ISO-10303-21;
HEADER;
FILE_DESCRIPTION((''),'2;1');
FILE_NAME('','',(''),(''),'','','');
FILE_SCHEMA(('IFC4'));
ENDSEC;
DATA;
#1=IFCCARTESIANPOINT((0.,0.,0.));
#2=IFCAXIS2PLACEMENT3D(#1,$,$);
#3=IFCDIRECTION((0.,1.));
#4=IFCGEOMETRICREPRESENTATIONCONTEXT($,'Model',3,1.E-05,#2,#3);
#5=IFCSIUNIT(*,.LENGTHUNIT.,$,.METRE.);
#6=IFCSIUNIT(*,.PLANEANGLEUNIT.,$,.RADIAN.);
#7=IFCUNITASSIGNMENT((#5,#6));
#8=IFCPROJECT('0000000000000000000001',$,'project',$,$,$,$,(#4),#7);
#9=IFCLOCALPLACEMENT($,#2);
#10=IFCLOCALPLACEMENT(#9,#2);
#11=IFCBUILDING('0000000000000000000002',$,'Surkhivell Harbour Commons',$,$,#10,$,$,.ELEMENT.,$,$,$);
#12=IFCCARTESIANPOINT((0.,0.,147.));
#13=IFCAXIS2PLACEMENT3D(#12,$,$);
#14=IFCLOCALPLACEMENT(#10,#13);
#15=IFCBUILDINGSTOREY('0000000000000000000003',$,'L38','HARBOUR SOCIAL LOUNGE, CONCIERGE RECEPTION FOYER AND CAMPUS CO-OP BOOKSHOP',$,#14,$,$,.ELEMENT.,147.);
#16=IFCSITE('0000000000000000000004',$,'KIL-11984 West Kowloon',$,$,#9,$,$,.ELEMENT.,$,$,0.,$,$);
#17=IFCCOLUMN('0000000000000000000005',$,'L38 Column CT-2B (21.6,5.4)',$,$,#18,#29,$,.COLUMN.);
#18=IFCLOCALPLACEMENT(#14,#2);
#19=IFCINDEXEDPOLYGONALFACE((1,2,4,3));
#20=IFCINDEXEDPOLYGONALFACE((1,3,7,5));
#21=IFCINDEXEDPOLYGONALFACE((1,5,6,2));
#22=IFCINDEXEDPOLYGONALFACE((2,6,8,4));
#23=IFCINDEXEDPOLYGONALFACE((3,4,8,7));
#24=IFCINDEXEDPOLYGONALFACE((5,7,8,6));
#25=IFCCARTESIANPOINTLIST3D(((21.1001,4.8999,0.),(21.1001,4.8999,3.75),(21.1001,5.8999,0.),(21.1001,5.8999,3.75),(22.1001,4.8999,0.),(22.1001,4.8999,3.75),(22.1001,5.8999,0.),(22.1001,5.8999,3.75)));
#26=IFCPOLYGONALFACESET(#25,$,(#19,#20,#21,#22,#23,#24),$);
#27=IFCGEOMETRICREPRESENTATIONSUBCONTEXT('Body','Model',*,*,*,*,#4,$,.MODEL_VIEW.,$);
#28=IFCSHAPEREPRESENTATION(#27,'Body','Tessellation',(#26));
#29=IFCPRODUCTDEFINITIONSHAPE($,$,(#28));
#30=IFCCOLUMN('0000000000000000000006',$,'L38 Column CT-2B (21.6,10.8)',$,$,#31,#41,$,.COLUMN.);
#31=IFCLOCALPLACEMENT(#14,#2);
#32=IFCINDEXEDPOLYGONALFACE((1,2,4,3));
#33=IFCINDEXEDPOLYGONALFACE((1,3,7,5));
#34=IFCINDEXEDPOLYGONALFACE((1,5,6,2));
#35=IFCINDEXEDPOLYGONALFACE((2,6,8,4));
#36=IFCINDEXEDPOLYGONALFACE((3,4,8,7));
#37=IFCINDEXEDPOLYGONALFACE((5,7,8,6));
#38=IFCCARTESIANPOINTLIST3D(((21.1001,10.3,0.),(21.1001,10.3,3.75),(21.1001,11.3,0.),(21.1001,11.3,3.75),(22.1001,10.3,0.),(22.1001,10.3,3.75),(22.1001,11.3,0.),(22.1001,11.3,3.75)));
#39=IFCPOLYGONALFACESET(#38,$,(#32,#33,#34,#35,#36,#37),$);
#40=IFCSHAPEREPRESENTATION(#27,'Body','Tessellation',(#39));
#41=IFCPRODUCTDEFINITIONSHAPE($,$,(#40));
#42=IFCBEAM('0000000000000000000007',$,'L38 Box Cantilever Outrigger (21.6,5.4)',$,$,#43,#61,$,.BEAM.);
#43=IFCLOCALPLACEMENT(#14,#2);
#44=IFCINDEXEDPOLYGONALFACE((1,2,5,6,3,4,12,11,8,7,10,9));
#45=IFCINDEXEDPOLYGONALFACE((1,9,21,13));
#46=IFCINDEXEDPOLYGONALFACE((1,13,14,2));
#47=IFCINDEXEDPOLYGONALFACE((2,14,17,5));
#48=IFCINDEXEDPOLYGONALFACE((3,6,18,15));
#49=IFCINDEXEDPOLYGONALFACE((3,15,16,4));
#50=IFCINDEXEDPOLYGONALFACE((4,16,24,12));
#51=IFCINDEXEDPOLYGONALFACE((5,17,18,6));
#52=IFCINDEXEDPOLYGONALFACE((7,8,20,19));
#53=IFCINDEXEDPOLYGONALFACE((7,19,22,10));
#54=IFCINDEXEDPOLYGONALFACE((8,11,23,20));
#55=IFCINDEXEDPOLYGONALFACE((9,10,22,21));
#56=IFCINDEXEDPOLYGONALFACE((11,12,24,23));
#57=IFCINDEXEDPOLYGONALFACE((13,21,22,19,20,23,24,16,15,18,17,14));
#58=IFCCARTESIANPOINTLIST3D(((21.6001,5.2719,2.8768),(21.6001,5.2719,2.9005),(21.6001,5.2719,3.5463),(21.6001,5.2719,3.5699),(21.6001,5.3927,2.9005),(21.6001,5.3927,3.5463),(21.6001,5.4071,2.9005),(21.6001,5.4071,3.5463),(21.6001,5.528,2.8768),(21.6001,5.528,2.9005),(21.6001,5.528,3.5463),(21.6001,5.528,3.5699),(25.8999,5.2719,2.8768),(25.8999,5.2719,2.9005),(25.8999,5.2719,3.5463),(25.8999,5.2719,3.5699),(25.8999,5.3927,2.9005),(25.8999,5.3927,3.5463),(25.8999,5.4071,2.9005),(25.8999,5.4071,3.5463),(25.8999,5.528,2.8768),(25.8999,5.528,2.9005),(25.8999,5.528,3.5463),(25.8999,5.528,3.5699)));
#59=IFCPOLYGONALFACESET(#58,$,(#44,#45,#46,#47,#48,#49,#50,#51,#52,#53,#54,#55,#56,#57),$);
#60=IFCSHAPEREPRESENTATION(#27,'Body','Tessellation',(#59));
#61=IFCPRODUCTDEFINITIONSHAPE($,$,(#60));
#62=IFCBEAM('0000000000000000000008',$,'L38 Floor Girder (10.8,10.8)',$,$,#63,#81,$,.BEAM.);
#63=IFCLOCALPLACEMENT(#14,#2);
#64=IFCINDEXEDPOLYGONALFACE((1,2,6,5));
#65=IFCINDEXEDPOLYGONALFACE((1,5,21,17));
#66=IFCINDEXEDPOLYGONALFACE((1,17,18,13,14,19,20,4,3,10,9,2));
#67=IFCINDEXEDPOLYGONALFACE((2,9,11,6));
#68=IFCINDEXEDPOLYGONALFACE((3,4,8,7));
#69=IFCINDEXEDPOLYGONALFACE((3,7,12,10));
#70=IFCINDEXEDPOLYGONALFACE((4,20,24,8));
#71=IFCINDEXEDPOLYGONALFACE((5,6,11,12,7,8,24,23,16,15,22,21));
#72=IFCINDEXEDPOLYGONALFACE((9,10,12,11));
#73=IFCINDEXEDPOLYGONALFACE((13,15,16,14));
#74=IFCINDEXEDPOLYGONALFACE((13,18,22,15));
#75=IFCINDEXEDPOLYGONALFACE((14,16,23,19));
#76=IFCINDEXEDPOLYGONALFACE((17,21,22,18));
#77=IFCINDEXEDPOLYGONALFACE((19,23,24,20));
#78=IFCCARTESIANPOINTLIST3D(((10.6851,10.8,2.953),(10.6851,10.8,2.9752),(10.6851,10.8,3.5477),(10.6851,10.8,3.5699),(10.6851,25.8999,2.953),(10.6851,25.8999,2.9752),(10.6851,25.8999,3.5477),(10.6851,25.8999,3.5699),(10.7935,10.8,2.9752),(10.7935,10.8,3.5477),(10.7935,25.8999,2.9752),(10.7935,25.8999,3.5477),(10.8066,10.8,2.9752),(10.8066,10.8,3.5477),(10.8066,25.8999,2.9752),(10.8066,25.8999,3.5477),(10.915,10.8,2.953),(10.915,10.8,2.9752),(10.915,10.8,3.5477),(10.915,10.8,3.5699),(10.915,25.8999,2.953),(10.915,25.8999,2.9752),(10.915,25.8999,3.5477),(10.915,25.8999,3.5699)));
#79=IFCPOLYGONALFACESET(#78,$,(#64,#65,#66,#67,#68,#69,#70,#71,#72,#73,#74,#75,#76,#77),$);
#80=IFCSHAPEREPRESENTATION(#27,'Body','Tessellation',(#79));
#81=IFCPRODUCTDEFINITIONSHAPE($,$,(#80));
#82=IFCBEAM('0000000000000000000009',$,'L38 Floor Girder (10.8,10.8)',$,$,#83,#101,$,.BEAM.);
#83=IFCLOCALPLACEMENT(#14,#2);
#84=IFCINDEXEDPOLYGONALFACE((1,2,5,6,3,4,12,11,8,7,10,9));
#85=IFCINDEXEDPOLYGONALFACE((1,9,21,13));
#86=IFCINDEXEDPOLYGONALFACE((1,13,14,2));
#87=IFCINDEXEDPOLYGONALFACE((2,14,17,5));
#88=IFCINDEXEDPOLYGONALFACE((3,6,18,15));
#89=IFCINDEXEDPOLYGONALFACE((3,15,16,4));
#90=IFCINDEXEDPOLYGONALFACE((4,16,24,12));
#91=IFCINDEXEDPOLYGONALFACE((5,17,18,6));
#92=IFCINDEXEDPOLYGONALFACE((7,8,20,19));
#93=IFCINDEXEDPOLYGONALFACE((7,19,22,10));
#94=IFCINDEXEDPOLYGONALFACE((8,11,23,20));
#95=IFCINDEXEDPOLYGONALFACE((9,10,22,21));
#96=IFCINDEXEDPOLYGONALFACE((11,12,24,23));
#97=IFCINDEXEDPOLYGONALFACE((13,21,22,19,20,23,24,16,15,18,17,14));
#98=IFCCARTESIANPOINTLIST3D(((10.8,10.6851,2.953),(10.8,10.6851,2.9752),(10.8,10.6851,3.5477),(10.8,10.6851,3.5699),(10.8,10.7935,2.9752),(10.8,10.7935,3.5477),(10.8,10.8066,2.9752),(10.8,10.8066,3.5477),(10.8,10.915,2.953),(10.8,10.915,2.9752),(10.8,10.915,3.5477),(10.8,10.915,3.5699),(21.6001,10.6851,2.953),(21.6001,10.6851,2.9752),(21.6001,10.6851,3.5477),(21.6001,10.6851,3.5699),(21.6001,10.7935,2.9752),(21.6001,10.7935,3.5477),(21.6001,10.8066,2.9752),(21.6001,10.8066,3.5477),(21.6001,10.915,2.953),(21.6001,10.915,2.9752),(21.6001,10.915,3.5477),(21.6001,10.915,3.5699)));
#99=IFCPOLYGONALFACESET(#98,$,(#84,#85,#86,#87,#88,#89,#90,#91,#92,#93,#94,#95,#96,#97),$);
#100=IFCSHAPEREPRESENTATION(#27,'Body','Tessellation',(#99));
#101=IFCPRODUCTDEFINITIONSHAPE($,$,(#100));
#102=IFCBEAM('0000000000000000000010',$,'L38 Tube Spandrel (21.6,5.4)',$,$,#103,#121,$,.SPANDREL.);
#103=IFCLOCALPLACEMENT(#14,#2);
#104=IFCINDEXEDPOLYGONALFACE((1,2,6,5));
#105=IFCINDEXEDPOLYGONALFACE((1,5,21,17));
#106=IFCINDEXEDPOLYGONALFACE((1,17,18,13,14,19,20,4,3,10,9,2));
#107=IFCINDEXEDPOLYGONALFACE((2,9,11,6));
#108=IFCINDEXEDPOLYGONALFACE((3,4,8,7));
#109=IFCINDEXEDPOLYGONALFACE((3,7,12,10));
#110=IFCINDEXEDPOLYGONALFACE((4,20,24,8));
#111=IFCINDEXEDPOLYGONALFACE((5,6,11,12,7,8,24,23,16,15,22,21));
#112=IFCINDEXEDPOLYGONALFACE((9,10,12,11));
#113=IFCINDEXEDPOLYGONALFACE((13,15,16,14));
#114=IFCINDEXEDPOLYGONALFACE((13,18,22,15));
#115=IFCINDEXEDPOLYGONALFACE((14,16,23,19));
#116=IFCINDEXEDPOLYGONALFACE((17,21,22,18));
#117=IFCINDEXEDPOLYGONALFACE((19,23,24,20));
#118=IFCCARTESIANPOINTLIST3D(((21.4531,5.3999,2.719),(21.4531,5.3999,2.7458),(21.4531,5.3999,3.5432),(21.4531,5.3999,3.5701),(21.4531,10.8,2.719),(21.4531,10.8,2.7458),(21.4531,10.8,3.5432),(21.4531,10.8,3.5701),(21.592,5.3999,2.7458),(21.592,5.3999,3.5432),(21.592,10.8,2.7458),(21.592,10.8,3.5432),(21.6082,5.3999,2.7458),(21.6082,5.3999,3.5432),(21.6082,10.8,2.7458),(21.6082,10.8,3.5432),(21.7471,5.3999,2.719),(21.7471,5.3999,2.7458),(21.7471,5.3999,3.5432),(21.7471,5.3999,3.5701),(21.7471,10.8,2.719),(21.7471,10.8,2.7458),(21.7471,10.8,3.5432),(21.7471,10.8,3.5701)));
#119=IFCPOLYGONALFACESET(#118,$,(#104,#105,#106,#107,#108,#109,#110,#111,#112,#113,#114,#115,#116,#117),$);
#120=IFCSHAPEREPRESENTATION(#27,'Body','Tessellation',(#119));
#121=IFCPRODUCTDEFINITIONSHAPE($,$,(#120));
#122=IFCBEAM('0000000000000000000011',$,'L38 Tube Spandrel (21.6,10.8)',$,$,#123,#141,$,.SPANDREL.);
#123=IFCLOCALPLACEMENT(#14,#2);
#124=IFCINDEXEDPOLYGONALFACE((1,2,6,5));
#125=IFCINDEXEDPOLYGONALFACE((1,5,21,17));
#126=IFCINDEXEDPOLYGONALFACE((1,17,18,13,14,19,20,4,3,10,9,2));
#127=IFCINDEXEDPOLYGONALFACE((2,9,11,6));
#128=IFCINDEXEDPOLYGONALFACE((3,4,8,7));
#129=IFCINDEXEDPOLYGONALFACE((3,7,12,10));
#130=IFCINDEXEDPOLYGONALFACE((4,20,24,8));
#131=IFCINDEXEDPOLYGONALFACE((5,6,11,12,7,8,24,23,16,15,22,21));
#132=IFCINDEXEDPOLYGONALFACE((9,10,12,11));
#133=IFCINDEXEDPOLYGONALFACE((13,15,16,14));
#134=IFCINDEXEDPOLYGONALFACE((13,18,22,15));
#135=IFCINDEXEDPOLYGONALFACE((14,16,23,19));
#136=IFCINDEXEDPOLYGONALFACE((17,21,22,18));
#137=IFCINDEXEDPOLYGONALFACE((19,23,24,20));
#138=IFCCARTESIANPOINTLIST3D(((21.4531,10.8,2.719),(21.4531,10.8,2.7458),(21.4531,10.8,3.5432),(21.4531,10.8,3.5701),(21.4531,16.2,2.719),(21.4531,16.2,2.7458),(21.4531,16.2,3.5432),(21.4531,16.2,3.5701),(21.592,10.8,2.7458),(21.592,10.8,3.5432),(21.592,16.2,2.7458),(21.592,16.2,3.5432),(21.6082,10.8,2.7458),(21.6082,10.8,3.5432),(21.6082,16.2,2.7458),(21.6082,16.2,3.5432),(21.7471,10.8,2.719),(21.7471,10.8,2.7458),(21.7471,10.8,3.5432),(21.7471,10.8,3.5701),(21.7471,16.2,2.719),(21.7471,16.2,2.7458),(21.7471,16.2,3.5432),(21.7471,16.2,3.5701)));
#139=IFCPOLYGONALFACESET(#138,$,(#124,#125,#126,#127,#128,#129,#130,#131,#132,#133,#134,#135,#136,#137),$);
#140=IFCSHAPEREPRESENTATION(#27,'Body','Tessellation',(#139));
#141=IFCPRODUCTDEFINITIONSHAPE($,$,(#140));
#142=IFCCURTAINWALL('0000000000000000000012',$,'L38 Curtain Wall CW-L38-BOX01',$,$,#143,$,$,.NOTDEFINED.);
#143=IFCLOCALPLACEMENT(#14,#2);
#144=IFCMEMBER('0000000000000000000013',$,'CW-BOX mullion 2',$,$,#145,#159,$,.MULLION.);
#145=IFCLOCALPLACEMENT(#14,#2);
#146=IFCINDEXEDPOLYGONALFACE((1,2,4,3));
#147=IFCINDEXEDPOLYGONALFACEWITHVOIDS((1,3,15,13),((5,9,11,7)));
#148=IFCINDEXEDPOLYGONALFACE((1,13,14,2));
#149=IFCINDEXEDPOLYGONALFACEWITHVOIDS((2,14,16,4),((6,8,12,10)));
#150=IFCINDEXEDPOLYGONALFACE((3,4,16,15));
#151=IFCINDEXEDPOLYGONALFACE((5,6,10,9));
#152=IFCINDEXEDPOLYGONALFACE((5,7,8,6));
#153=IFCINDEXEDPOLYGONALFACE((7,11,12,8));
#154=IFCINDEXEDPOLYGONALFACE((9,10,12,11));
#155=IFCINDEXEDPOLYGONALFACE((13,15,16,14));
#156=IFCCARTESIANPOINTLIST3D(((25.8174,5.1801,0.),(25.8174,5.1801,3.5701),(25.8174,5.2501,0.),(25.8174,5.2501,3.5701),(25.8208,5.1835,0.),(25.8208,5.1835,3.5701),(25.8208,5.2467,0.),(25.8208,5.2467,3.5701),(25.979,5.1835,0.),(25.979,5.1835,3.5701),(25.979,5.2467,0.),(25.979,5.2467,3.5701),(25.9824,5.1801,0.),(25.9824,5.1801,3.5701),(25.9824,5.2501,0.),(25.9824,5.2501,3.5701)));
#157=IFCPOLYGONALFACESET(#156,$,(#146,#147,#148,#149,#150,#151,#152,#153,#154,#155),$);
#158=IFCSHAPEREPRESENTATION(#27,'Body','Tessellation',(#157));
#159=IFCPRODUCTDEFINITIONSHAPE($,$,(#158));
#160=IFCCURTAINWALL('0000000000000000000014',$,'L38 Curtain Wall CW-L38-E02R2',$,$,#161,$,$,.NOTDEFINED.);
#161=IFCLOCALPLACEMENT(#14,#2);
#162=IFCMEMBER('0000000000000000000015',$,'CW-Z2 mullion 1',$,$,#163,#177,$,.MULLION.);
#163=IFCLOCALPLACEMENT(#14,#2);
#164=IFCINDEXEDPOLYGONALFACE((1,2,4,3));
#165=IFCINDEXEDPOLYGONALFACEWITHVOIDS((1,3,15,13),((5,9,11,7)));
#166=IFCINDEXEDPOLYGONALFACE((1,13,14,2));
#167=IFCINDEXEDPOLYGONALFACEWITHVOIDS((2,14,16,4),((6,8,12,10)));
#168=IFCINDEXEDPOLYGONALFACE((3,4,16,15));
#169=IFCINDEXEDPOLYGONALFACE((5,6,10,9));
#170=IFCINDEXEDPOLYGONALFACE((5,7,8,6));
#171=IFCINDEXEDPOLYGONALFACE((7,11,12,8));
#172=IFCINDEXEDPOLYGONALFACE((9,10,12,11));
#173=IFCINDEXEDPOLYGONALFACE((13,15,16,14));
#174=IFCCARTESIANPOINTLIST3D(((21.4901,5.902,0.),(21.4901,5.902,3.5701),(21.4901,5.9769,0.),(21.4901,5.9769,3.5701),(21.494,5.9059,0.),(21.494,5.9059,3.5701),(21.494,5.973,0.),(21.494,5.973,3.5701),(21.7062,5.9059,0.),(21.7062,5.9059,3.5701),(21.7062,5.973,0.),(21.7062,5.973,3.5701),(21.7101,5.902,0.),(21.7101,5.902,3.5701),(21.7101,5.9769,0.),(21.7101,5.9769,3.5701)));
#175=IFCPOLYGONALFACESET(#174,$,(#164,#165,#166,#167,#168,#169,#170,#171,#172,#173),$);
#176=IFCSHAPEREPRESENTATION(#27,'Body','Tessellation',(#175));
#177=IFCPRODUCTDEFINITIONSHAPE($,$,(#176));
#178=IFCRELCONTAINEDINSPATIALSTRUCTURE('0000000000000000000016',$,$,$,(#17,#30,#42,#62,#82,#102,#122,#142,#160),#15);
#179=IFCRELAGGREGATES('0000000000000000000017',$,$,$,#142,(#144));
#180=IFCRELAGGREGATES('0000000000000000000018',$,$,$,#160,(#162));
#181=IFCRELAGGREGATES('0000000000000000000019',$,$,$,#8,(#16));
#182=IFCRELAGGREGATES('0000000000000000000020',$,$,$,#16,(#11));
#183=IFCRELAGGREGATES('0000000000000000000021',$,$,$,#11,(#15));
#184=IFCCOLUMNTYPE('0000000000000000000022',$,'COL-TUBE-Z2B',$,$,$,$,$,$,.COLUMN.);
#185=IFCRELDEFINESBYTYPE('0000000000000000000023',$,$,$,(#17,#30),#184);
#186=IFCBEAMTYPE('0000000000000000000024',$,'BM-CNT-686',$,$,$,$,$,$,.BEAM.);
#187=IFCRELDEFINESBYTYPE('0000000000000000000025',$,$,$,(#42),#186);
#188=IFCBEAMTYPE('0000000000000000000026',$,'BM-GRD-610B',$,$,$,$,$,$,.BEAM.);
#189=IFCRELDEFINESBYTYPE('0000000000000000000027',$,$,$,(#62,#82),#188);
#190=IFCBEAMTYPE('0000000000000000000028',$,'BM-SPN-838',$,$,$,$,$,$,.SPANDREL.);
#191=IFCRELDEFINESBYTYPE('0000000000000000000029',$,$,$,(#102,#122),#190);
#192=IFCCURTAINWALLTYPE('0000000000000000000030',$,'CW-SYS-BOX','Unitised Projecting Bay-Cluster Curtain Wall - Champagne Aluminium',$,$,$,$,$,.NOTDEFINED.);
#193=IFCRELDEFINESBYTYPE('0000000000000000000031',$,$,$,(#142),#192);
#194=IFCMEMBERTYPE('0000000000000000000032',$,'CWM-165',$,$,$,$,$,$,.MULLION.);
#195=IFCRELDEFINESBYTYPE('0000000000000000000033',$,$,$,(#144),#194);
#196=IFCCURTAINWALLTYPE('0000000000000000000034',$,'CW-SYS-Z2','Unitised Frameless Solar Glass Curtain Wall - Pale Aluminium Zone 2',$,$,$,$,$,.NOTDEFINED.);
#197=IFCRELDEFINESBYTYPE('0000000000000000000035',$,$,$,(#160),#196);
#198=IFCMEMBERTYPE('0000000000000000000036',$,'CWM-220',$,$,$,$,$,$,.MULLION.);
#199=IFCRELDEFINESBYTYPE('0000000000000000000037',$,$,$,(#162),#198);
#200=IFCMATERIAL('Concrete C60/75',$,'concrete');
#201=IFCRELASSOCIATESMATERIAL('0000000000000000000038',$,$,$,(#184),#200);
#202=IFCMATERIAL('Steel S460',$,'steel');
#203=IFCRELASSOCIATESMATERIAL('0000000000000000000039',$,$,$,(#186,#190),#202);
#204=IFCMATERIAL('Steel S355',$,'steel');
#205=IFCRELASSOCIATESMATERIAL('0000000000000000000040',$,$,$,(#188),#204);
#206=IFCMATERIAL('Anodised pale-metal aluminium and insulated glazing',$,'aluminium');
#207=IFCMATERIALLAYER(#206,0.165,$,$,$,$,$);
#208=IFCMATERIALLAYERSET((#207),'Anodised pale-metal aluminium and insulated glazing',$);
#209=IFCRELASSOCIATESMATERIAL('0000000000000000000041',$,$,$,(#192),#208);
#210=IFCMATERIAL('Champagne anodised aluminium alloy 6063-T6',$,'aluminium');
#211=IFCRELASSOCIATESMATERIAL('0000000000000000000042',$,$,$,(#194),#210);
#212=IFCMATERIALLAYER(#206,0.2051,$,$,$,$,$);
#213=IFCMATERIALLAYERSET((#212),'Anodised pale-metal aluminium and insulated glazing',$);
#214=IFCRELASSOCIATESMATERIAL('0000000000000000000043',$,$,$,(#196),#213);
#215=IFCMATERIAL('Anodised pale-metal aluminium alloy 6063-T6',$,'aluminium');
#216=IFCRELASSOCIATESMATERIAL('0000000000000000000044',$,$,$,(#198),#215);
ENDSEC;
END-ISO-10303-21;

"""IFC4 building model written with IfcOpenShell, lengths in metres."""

from ifc_helpers import new_model, si_unit, direction, frame, origin, origin_2d, place, context, subcontext, project, spatial, rectangle, hollow_rectangle, i_section, extrude, material, layer, layer_set, material_profile, profile_set, type_object, element, aggregate, save


model = new_model("IFC4")

# Units and contexts
model_context = context("Model", 3, precision=1e-05, world=origin(), true_north=direction((0.0, 1.0)))
body_context = subcontext(model_context, "Body", "Model", "MODEL_VIEW")
ifc_project = project(units=[si_unit("LENGTHUNIT", "METRE"), si_unit("PLANEANGLEUNIT", "RADIAN")], contexts=[model_context])

# Site, building, storey
site_placement = place(None, origin())
site = spatial("IfcSite", under=ifc_project, at=site_placement, Name="KIL-11984 West Kowloon", CompositionType="ELEMENT", RefElevation=0.0)
building_placement = place(site_placement, origin())
building = spatial("IfcBuilding", under=site, at=building_placement, Name="Surkhivell Harbour Commons", CompositionType="ELEMENT")
storey_placement = place(building_placement, frame((0.0, 0.0, 147.0)))
storey = spatial("IfcBuildingStorey", under=building, at=storey_placement, Name="L38", Description="HARBOUR SOCIAL LOUNGE, CONCIERGE RECEPTION FOYER AND CAMPUS CO-OP BOOKSHOP", CompositionType="ELEMENT", Elevation=147.0)

# Columns
ifc_material_1 = material(Name="Concrete C60/75", Category="concrete")
ifc_material_profile_1 = material_profile(ifc_material_1, rectangle(XDim=1.0, YDim=1.0, at=origin_2d()), Name="RC-COL-1000x1000")
ifc_profile_set_1 = profile_set([ifc_material_profile_1], Name="Concrete C60/75")
column_type = type_object("IfcColumnType", Name="COL-TUBE-Z2B", PredefinedType="COLUMN", material=ifc_profile_set_1)
for number, where, z_axis, x_axis, name in (
    (1, (21.6001, 5.3999, 0.0), (0.0, 0.0, 1.0), (1.0, 0.0, 0.0), "L38 Column CT-2B (21.6,5.4)"),
    (2, (21.6001, 10.8, 0.0), (0.0, 0.0, 1.0), (1.0, 0.0, 0.0), "L38 Column CT-2B (21.6,10.8)"),
):
    element("IfcColumn", number, at=place(storey_placement, frame(where, z_axis=z_axis, x_axis=x_axis)), inside=storey, type_object=column_type, Name=name, PredefinedType="COLUMN", context=body_context, shape_type="SweptSolid", body=[
        extrude(rectangle(XDim=1.0, YDim=1.0, at=origin_2d()), origin(), (0.0, 0.0, 1.0), 3.75),
    ])

# Beams
ifc_material_2 = material(Name="Steel S460", Category="steel")
ifc_material_profile_2 = material_profile(ifc_material_2, i_section(OverallWidth=0.2561, OverallDepth=0.6931, WebThickness=0.0144, FlangeThickness=0.0237, at=origin_2d()), Name="UB686x254x170")
ifc_profile_set_2 = profile_set([ifc_material_profile_2], Name="Steel S460")
beam_type_1 = type_object("IfcBeamType", Name="BM-CNT-686", PredefinedType="BEAM", material=ifc_profile_set_2)
beam_1_placement = place(storey_placement, frame((21.6001, 5.3999, 3.2234), z_axis=(1.0, 0.0, 0.0), x_axis=(0.0, 1.0, 0.0)))
element("IfcBeam", 3, at=beam_1_placement, inside=storey, type_object=beam_type_1, Name="L38 Box Cantilever Outrigger (21.6,5.4)", PredefinedType="BEAM", context=body_context, shape_type="SweptSolid", body=[
    extrude(i_section(OverallWidth=0.2561, OverallDepth=0.6931, WebThickness=0.0144, FlangeThickness=0.0237, at=origin_2d()), origin(), (0.0, 0.0, 1.0), 4.2998),
])
ifc_material_3 = material(Name="Steel S355", Category="steel")
ifc_material_profile_3 = material_profile(ifc_material_3, i_section(OverallWidth=0.23, OverallDepth=0.6169, WebThickness=0.0132, FlangeThickness=0.0222, at=origin_2d()), Name="UB610x229x140")
ifc_profile_set_3 = profile_set([ifc_material_profile_3], Name="Steel S355")
beam_type_2 = type_object("IfcBeamType", Name="BM-GRD-610B", PredefinedType="BEAM", material=ifc_profile_set_3)
beam_2_placement = place(storey_placement, frame((10.8, 10.8, 3.2615), z_axis=(0.0, 1.0, 0.0), x_axis=(-1.0, 0.0, 0.0)))
element("IfcBeam", 4, at=beam_2_placement, inside=storey, type_object=beam_type_2, Name="L38 Floor Girder (10.8,10.8)", PredefinedType="BEAM", context=body_context, shape_type="SweptSolid", body=[
    extrude(i_section(OverallWidth=0.23, OverallDepth=0.6169, WebThickness=0.0132, FlangeThickness=0.0222, at=origin_2d()), origin(), (0.0, 0.0, 1.0), 15.0999),
])
beam_3_placement = place(storey_placement, frame((10.8, 10.8, 3.2615), z_axis=(1.0, 0.0, 0.0), x_axis=(0.0, 1.0, 0.0)))
element("IfcBeam", 5, at=beam_3_placement, inside=storey, type_object=beam_type_2, Name="L38 Floor Girder (10.8,10.8)", PredefinedType="BEAM", context=body_context, shape_type="SweptSolid", body=[
    extrude(i_section(OverallWidth=0.23, OverallDepth=0.6169, WebThickness=0.0132, FlangeThickness=0.0222, at=origin_2d()), origin(), (0.0, 0.0, 1.0), 10.8),
])
ifc_material_profile_4 = material_profile(ifc_material_2, i_section(OverallWidth=0.2939, OverallDepth=0.8511, WebThickness=0.0161, FlangeThickness=0.0269, at=origin_2d()), Name="UB838x292x226")
ifc_profile_set_4 = profile_set([ifc_material_profile_4], Name="Steel S460")
beam_type_3 = type_object("IfcBeamType", Name="BM-SPN-838", PredefinedType="SPANDREL", material=ifc_profile_set_4)
beam_4_placement = place(storey_placement, frame((21.6001, 5.3999, 3.1445), z_axis=(0.0, 1.0, 0.0), x_axis=(-1.0, 0.0, 0.0)))
element("IfcBeam", 6, at=beam_4_placement, inside=storey, type_object=beam_type_3, Name="L38 Tube Spandrel (21.6,5.4)", PredefinedType="SPANDREL", context=body_context, shape_type="SweptSolid", body=[
    extrude(i_section(OverallWidth=0.2939, OverallDepth=0.8511, WebThickness=0.0161, FlangeThickness=0.0269, at=origin_2d()), origin(), (0.0, 0.0, 1.0), 5.4001),
])
beam_5_placement = place(storey_placement, frame((21.6001, 10.8, 3.1445), z_axis=(0.0, 1.0, 0.0), x_axis=(-1.0, 0.0, 0.0)))
element("IfcBeam", 7, at=beam_5_placement, inside=storey, type_object=beam_type_3, Name="L38 Tube Spandrel (21.6,10.8)", PredefinedType="SPANDREL", context=body_context, shape_type="SweptSolid", body=[
    extrude(i_section(OverallWidth=0.2939, OverallDepth=0.8511, WebThickness=0.0161, FlangeThickness=0.0269, at=origin_2d()), origin(), (0.0, 0.0, 1.0), 5.3999),
])

# Curtain wall, member
ifc_material_4 = material(Name="Anodised pale-metal aluminium and insulated glazing", Category="aluminium")
ifc_layer_1 = layer(ifc_material_4, 0.165)
ifc_layer_set_1 = layer_set([ifc_layer_1], Name="Anodised pale-metal aluminium and insulated glazing")
curtain_wall_type_1 = type_object("IfcCurtainWallType", Name="CW-SYS-BOX", Description="Unitised Projecting Bay-Cluster Curtain Wall - Champagne Aluminium", PredefinedType="NOTDEFINED", material=ifc_layer_set_1)
curtain_wall_1_placement = place(storey_placement, origin())
curtain_wall_1 = element("IfcCurtainWall", 8, at=curtain_wall_1_placement, inside=storey, type_object=curtain_wall_type_1, Name="L38 Curtain Wall CW-L38-BOX01", PredefinedType="NOTDEFINED")
ifc_material_5 = material(Name="Champagne anodised aluminium alloy 6063-T6", Category="aluminium")
ifc_material_profile_5 = material_profile(ifc_material_5, hollow_rectangle(XDim=0.0701, YDim=0.165, WallThickness=0.0034, at=origin_2d()), Name="ALU-MULL-70x165")
ifc_profile_set_5 = profile_set([ifc_material_profile_5], Name="Champagne anodised aluminium alloy 6063-T6")
member_type_1 = type_object("IfcMemberType", Name="CWM-165", PredefinedType="MULLION", material=ifc_profile_set_5)
member_1_placement = place(storey_placement, frame((25.8999, 5.2151, 0.0), z_axis=(0.0, 0.0, 1.0), x_axis=(0.0, 1.0, 0.0)))
member_1 = element("IfcMember", 9, at=member_1_placement, type_object=member_type_1, Name="CW-BOX mullion 2", PredefinedType="MULLION", context=body_context, shape_type="SweptSolid", body=[
    extrude(hollow_rectangle(XDim=0.0701, YDim=0.165, WallThickness=0.0034, at=origin_2d()), origin(), (0.0, 0.0, 1.0), 3.5701),
])
aggregate(curtain_wall_1, [member_1])

# Curtain wall, member
ifc_layer_2 = layer(ifc_material_4, 0.2051)
ifc_layer_set_2 = layer_set([ifc_layer_2], Name="Anodised pale-metal aluminium and insulated glazing")
curtain_wall_type_2 = type_object("IfcCurtainWallType", Name="CW-SYS-Z2", Description="Unitised Frameless Solar Glass Curtain Wall - Pale Aluminium Zone 2", PredefinedType="NOTDEFINED", material=ifc_layer_set_2)
curtain_wall_2_placement = place(storey_placement, origin())
curtain_wall_2 = element("IfcCurtainWall", 10, at=curtain_wall_2_placement, inside=storey, type_object=curtain_wall_type_2, Name="L38 Curtain Wall CW-L38-E02R2", PredefinedType="NOTDEFINED")
ifc_material_6 = material(Name="Anodised pale-metal aluminium alloy 6063-T6", Category="aluminium")
ifc_material_profile_6 = material_profile(ifc_material_6, hollow_rectangle(XDim=0.075, YDim=0.22, WallThickness=0.0039, at=origin_2d()), Name="ALU-MULL-75x220")
ifc_profile_set_6 = profile_set([ifc_material_profile_6], Name="Anodised pale-metal aluminium alloy 6063-T6")
member_type_2 = type_object("IfcMemberType", Name="CWM-220", PredefinedType="MULLION", material=ifc_profile_set_6)
member_2_placement = place(storey_placement, frame((21.6001, 5.9395, 0.0), z_axis=(0.0, 0.0, 1.0), x_axis=(0.0, 1.0, 0.0)))
member_2 = element("IfcMember", 11, at=member_2_placement, type_object=member_type_2, Name="CW-Z2 mullion 1", PredefinedType="MULLION", context=body_context, shape_type="SweptSolid", body=[
    extrude(hollow_rectangle(XDim=0.075, YDim=0.22, WallThickness=0.0039, at=origin_2d()), origin(), (0.0, 0.0, 1.0), 3.5701),
])
aggregate(curtain_wall_2, [member_2])

save(model, "model.ifc")
